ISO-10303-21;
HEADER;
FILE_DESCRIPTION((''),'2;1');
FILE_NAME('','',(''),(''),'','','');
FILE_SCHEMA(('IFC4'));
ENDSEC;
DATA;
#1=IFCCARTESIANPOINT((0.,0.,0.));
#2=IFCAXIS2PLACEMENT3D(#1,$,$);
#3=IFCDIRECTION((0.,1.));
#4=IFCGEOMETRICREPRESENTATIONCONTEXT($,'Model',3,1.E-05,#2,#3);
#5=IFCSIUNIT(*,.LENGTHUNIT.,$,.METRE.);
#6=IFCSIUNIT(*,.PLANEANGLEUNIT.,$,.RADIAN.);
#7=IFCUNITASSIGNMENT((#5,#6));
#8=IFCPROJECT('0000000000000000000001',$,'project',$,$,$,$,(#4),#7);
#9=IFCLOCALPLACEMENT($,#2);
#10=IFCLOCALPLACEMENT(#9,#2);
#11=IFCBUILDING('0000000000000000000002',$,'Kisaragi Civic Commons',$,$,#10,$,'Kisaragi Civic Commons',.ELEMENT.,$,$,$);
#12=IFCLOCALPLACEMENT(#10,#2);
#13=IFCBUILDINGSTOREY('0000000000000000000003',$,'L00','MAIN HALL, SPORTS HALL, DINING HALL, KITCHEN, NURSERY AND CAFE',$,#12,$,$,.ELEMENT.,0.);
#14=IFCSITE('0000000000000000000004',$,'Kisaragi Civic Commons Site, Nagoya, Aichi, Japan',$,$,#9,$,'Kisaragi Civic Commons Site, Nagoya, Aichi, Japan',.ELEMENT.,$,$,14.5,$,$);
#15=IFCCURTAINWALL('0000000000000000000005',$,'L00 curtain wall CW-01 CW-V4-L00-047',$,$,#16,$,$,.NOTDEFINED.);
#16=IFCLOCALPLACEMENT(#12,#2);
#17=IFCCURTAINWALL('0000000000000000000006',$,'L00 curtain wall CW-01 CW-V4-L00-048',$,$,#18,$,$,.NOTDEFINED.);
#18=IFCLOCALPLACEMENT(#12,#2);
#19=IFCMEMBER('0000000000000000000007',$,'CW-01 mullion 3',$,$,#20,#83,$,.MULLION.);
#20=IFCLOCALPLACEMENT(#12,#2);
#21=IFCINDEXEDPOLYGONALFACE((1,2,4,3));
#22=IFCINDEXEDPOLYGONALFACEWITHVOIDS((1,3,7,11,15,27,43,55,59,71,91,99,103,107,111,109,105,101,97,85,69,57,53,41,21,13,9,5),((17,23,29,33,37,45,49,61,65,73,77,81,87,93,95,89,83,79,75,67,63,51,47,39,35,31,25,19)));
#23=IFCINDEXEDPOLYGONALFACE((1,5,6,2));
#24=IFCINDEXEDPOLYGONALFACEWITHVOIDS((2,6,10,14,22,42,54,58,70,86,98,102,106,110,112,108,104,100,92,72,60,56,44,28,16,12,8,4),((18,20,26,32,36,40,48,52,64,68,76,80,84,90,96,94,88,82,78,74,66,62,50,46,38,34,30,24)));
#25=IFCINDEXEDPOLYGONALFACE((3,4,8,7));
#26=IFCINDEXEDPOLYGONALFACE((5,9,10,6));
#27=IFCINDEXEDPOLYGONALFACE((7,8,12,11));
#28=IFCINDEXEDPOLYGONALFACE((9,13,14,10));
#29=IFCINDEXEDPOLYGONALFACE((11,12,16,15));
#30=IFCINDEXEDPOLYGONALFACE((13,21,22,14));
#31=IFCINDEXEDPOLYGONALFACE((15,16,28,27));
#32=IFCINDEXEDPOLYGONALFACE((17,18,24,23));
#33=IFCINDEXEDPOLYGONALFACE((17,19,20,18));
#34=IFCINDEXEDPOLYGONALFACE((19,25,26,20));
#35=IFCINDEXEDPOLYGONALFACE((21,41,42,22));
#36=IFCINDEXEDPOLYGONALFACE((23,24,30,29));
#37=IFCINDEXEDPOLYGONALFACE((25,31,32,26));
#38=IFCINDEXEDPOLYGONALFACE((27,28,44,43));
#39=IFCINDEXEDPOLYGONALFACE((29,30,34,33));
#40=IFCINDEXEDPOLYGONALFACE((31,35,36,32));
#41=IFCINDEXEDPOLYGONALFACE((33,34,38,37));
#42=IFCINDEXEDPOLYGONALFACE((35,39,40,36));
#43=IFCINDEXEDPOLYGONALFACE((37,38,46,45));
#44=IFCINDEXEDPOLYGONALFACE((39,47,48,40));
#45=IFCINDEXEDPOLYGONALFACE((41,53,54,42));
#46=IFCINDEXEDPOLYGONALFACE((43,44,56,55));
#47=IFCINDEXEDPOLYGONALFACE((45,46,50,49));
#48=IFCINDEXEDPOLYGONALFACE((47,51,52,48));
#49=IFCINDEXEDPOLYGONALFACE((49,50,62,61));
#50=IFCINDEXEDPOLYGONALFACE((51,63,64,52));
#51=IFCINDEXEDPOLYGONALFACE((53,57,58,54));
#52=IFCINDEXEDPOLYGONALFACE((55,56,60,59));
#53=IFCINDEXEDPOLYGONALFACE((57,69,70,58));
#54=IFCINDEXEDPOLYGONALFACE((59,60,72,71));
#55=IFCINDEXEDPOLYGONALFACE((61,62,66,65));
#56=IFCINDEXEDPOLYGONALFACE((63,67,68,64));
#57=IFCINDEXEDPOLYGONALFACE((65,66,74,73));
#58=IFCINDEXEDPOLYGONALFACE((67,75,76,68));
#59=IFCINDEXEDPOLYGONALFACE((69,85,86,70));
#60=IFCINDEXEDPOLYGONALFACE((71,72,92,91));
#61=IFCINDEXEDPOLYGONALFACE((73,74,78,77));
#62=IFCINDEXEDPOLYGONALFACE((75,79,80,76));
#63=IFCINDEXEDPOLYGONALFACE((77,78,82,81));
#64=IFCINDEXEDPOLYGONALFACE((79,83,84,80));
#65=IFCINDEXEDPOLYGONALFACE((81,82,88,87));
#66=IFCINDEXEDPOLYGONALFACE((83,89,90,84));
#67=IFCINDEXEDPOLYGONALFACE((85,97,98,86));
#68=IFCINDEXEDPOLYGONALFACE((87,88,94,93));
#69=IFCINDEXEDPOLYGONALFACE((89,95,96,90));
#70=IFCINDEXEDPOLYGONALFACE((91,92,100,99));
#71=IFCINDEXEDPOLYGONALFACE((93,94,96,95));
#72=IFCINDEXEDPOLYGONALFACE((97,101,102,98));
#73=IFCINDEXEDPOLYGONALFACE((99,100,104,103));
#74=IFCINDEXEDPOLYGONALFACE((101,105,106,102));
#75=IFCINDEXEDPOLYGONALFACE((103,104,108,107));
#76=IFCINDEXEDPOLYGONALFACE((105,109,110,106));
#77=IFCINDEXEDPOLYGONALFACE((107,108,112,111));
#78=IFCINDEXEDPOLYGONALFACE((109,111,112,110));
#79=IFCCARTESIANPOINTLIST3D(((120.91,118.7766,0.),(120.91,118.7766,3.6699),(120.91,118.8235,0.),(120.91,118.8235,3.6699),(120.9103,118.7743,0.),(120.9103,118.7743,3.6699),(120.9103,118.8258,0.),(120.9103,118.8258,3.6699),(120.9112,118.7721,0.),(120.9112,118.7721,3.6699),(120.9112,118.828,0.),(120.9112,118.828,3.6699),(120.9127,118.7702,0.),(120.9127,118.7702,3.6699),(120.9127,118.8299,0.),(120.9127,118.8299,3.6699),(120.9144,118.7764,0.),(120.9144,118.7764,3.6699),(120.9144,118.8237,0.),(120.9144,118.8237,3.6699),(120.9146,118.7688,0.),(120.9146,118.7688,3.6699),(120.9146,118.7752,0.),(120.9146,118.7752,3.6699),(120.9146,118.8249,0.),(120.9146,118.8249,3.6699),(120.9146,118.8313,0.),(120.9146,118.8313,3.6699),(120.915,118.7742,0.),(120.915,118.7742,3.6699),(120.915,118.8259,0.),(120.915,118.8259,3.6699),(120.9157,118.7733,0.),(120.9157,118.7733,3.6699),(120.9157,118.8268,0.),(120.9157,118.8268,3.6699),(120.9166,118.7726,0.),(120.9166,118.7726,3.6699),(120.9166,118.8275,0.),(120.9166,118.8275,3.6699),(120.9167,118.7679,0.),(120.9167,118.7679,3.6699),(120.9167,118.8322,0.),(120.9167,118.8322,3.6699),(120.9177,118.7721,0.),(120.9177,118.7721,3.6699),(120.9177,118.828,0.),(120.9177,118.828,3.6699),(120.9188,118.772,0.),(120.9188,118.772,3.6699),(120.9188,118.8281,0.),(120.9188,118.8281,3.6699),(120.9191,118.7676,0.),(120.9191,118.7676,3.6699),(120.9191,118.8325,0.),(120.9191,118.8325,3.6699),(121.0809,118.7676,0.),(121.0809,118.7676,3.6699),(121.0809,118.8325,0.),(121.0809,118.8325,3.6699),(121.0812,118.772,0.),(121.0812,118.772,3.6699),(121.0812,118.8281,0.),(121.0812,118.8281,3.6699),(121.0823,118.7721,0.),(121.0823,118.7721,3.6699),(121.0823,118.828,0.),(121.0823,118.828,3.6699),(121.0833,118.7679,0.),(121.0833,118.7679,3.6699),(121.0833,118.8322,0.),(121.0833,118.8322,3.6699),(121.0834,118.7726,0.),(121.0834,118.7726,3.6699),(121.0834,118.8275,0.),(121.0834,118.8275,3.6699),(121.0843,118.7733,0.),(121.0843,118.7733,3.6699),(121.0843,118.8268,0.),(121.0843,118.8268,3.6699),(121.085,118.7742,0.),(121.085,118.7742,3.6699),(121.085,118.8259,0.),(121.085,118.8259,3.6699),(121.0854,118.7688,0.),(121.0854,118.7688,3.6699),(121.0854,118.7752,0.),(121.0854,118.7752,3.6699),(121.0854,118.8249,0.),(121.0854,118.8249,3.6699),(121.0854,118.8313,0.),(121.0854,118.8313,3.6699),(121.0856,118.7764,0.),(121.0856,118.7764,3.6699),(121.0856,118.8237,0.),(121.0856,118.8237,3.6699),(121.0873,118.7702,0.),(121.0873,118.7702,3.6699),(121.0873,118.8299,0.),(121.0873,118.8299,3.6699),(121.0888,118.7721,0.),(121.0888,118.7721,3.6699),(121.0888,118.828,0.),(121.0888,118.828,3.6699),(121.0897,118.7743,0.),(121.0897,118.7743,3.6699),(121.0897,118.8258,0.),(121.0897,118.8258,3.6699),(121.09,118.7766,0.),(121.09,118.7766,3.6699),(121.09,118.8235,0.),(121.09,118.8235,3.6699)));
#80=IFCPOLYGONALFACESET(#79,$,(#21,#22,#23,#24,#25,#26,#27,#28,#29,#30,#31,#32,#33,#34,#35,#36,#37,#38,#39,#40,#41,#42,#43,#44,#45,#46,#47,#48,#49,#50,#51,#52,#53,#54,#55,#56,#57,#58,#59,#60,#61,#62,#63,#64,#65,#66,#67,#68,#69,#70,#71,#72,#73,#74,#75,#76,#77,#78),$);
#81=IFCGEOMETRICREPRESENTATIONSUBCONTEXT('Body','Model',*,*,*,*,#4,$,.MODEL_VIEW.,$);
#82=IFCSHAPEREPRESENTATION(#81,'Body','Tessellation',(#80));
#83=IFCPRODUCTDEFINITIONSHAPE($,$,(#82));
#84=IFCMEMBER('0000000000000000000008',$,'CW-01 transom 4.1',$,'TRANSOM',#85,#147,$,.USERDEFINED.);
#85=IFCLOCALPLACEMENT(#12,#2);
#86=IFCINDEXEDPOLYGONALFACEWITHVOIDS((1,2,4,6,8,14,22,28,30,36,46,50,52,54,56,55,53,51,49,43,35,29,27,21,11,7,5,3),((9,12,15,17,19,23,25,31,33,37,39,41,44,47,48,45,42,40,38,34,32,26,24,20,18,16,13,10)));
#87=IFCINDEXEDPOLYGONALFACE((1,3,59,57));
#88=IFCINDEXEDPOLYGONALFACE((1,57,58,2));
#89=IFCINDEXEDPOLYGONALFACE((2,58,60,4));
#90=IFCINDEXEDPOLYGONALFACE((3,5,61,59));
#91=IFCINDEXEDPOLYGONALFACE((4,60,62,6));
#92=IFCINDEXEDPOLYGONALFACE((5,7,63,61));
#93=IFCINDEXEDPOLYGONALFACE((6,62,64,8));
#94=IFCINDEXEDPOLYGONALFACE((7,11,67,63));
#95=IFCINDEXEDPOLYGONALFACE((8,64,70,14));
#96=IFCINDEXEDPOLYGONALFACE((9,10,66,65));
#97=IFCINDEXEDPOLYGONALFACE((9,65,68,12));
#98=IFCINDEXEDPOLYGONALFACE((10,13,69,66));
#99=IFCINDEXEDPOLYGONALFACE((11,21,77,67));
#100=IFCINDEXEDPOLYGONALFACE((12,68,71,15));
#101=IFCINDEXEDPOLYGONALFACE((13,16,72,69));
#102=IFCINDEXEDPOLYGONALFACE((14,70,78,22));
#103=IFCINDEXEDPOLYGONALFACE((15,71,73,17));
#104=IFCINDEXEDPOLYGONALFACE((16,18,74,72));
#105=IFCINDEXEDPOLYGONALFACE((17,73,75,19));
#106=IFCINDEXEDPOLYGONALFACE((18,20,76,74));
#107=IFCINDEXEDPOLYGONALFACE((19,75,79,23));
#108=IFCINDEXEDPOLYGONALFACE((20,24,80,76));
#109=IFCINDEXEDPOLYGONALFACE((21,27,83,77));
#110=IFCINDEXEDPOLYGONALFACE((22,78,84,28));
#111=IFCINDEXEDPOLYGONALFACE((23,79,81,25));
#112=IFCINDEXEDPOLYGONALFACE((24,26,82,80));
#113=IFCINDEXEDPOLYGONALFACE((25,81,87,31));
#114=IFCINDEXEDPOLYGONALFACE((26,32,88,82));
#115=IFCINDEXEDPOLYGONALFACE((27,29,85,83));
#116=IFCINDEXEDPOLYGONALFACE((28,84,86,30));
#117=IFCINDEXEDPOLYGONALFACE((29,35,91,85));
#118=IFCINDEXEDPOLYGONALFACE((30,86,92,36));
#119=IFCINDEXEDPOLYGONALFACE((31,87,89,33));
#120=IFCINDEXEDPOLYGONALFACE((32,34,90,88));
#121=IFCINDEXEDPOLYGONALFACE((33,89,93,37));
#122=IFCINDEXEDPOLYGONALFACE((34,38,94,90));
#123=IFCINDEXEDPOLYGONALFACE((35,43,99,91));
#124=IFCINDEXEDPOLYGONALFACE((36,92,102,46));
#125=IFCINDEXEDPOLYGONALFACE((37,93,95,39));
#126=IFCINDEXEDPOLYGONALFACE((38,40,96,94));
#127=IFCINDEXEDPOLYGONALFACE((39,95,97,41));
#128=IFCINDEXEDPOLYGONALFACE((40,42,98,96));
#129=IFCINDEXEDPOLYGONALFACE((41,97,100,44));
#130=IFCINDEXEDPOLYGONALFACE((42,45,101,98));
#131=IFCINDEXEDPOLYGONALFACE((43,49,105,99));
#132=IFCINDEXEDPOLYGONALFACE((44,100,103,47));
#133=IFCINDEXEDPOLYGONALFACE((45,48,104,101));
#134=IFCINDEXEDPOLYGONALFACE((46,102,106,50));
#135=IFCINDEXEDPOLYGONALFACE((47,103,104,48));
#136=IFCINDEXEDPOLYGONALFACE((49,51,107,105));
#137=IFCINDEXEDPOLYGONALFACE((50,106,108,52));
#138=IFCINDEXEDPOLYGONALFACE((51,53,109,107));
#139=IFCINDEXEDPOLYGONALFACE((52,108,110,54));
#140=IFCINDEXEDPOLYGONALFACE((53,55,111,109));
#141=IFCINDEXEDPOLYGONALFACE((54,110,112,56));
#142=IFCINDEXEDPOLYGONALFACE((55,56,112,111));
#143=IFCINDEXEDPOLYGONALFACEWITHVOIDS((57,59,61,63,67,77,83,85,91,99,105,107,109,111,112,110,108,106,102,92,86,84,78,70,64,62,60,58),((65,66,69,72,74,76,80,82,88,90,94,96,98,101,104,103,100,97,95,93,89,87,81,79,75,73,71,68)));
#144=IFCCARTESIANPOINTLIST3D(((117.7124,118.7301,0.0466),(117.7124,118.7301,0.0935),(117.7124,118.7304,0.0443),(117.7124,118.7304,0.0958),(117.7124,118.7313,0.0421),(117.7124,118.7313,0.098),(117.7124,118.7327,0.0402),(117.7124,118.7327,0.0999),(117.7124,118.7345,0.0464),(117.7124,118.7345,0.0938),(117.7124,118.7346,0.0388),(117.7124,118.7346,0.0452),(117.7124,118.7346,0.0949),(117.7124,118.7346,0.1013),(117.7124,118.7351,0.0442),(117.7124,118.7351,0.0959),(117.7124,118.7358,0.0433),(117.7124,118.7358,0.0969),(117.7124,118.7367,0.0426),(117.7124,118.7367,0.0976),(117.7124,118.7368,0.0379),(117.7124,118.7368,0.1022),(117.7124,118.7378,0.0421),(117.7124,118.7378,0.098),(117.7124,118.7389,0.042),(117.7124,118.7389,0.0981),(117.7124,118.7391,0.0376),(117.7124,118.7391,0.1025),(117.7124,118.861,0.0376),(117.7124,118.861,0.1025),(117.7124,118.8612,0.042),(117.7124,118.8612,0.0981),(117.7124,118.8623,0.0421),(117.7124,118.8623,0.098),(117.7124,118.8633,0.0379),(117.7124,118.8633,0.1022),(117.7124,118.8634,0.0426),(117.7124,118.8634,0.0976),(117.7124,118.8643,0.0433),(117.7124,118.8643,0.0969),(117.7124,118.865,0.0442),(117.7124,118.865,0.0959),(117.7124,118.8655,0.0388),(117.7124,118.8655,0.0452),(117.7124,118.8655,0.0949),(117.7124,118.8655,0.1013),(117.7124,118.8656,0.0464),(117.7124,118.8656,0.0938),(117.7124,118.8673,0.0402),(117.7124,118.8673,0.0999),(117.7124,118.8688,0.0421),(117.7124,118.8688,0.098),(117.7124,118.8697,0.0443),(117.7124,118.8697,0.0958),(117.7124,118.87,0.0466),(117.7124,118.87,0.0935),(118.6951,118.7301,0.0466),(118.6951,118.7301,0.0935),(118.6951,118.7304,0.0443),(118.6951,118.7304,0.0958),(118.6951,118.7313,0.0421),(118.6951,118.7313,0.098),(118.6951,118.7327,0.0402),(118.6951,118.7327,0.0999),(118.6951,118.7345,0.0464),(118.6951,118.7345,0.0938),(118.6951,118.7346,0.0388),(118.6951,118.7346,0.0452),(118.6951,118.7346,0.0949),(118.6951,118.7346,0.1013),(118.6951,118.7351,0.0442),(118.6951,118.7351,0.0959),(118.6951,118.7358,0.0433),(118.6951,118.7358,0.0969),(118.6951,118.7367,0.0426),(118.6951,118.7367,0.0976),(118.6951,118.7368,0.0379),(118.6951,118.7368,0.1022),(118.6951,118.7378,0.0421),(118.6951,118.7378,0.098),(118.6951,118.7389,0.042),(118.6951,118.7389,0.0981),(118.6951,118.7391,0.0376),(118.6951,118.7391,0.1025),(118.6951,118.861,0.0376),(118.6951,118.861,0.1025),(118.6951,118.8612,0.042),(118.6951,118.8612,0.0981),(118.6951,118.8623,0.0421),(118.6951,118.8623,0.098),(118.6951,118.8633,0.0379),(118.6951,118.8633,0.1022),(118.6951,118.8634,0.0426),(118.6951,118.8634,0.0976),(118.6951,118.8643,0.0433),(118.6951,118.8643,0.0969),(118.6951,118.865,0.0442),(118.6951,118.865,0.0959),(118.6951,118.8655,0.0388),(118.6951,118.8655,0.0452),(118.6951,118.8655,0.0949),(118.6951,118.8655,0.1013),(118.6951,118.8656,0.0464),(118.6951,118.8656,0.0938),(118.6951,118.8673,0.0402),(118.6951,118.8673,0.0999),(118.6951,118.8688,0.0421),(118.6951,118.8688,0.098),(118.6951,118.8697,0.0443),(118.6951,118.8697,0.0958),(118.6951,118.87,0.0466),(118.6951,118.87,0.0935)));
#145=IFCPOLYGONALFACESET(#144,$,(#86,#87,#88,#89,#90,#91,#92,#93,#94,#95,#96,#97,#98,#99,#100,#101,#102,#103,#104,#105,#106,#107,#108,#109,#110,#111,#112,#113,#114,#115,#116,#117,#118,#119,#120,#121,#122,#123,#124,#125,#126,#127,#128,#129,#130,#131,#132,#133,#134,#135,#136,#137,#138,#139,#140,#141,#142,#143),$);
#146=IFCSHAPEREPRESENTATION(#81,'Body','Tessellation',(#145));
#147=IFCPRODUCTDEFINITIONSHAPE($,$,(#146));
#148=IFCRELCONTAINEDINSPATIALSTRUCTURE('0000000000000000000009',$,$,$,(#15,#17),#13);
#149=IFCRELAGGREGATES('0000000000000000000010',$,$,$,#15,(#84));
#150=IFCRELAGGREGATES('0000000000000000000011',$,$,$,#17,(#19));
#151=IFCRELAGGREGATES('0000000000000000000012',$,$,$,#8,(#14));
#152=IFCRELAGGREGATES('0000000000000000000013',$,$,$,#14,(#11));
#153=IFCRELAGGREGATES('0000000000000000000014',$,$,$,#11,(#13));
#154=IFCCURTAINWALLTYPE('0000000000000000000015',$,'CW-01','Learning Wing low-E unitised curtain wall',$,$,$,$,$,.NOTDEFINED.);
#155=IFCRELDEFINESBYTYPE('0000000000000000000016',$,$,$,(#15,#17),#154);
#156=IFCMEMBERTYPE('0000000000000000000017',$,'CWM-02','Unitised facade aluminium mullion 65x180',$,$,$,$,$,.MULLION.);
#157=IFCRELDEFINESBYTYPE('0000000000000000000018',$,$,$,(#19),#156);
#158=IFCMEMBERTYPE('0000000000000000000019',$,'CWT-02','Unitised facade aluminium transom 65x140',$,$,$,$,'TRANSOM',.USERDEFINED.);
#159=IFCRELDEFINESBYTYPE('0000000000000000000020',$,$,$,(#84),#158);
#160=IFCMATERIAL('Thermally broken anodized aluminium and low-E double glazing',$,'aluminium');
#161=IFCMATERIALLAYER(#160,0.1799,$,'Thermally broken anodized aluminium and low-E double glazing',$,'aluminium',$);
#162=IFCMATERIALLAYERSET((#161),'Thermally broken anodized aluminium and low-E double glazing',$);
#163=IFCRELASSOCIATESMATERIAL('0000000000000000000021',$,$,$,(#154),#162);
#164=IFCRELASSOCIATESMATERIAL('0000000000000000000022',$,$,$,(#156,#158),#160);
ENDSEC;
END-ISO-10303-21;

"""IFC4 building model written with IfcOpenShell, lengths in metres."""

from ifc_helpers import new_model, si_unit, direction, frame, origin, origin_2d, place, context, subcontext, project, spatial, hollow_rectangle, extrude, material, layer, layer_set, material_profile, profile_set, type_object, element, aggregate, save


model = new_model("IFC4")

# Units and contexts
model_context = context("Model", 3, precision=1e-05, world=origin(), true_north=direction((0.0, 1.0)))
body_context = subcontext(model_context, "Body", "Model", "MODEL_VIEW")
ifc_project = project(units=[si_unit("LENGTHUNIT", "METRE"), si_unit("PLANEANGLEUNIT", "RADIAN")], contexts=[model_context])

# Site, building, storey
site_placement = place(None, origin())
site = spatial("IfcSite", under=ifc_project, at=site_placement, Name="Kisaragi Civic Commons Site, Nagoya, Aichi, Japan", LongName="Kisaragi Civic Commons Site, Nagoya, Aichi, Japan", CompositionType="ELEMENT", RefElevation=14.5)
building_placement = place(site_placement, origin())
building = spatial("IfcBuilding", under=site, at=building_placement, Name="Kisaragi Civic Commons", LongName="Kisaragi Civic Commons", CompositionType="ELEMENT")
storey_placement = place(building_placement, origin())
storey = spatial("IfcBuildingStorey", under=building, at=storey_placement, Name="L00", Description="MAIN HALL, SPORTS HALL, DINING HALL, KITCHEN, NURSERY AND CAFE", CompositionType="ELEMENT", Elevation=0.0)

# Curtain walls, member
ifc_material_1 = material(Name="Thermally broken anodized aluminium and low-E double glazing", Category="aluminium")
ifc_layer_1 = layer(ifc_material_1, 0.1799, Name="Thermally broken anodized aluminium and low-E double glazing", Category="aluminium")
ifc_layer_set_1 = layer_set([ifc_layer_1], Name="Thermally broken anodized aluminium and low-E double glazing")
curtain_wall_type = type_object("IfcCurtainWallType", Name="CW-01", Description="Learning Wing low-E unitised curtain wall", PredefinedType="NOTDEFINED", material=ifc_layer_set_1)
curtain_wall_1_placement = place(storey_placement, origin())
curtain_wall_1 = element("IfcCurtainWall", 1, at=curtain_wall_1_placement, inside=storey, type_object=curtain_wall_type, Name="L00 curtain wall CW-01 CW-V4-L00-047", PredefinedType="NOTDEFINED")
ifc_material_profile_1 = material_profile(ifc_material_1, hollow_rectangle(XDim=0.0649, YDim=0.1799, WallThickness=0.0044, InnerFilletRadius=0.0044, OuterFilletRadius=0.009, at=origin_2d()), Name="CWM-65x180x4.5", Category="aluminium")
ifc_profile_set_1 = profile_set([ifc_material_profile_1], Name="Thermally broken anodized aluminium and low-E double glazing")
member_type_1 = type_object("IfcMemberType", Name="CWM-02", Description="Unitised facade aluminium mullion 65x180", PredefinedType="MULLION", material=ifc_profile_set_1)
curtain_wall_2_placement = place(storey_placement, origin())
curtain_wall_2 = element("IfcCurtainWall", 2, at=curtain_wall_2_placement, inside=storey, type_object=curtain_wall_type, Name="L00 curtain wall CW-01 CW-V4-L00-048", PredefinedType="NOTDEFINED")
member_1_placement = place(storey_placement, frame((121.0, 118.8, 0.0), z_axis=(0.0, 0.0, 1.0), x_axis=(0.0, 1.0, 0.0)))
member_1 = element("IfcMember", 3, at=member_1_placement, type_object=member_type_1, Name="CW-01 mullion 3", PredefinedType="MULLION", context=body_context, shape_type="SweptSolid", body=[
    extrude(hollow_rectangle(XDim=0.0649, YDim=0.1799, WallThickness=0.0044, InnerFilletRadius=0.0044, OuterFilletRadius=0.009, at=origin_2d()), origin(), (0.0, 0.0, 1.0), 3.6699),
])

# Member
ifc_material_profile_2 = material_profile(ifc_material_1, hollow_rectangle(XDim=0.1399, YDim=0.0649, WallThickness=0.0044, InnerFilletRadius=0.0044, OuterFilletRadius=0.009, at=origin_2d()), Name="CWT-65x140x4.5", Category="aluminium")
ifc_profile_set_2 = profile_set([ifc_material_profile_2], Name="Thermally broken anodized aluminium and low-E double glazing")
member_type_2 = type_object("IfcMemberType", Name="CWT-02", Description="Unitised facade aluminium transom 65x140", ElementType="TRANSOM", PredefinedType="USERDEFINED", material=ifc_profile_set_2)
member_2_placement = place(storey_placement, frame((117.7124, 118.8, 0.0701), z_axis=(1.0, 0.0, 0.0), x_axis=(0.0, 1.0, 0.0)))
member_2 = element("IfcMember", 4, at=member_2_placement, type_object=member_type_2, Name="CW-01 transom 4.1", ObjectType="TRANSOM", PredefinedType="USERDEFINED", context=body_context, shape_type="SweptSolid", body=[
    extrude(hollow_rectangle(XDim=0.1399, YDim=0.0649, WallThickness=0.0044, InnerFilletRadius=0.0044, OuterFilletRadius=0.009, at=origin_2d()), origin(), (0.0, 0.0, 1.0), 0.9827),
])

aggregate(curtain_wall_1, [member_2])
aggregate(curtain_wall_2, [member_1])

save(model, "model.ifc")
